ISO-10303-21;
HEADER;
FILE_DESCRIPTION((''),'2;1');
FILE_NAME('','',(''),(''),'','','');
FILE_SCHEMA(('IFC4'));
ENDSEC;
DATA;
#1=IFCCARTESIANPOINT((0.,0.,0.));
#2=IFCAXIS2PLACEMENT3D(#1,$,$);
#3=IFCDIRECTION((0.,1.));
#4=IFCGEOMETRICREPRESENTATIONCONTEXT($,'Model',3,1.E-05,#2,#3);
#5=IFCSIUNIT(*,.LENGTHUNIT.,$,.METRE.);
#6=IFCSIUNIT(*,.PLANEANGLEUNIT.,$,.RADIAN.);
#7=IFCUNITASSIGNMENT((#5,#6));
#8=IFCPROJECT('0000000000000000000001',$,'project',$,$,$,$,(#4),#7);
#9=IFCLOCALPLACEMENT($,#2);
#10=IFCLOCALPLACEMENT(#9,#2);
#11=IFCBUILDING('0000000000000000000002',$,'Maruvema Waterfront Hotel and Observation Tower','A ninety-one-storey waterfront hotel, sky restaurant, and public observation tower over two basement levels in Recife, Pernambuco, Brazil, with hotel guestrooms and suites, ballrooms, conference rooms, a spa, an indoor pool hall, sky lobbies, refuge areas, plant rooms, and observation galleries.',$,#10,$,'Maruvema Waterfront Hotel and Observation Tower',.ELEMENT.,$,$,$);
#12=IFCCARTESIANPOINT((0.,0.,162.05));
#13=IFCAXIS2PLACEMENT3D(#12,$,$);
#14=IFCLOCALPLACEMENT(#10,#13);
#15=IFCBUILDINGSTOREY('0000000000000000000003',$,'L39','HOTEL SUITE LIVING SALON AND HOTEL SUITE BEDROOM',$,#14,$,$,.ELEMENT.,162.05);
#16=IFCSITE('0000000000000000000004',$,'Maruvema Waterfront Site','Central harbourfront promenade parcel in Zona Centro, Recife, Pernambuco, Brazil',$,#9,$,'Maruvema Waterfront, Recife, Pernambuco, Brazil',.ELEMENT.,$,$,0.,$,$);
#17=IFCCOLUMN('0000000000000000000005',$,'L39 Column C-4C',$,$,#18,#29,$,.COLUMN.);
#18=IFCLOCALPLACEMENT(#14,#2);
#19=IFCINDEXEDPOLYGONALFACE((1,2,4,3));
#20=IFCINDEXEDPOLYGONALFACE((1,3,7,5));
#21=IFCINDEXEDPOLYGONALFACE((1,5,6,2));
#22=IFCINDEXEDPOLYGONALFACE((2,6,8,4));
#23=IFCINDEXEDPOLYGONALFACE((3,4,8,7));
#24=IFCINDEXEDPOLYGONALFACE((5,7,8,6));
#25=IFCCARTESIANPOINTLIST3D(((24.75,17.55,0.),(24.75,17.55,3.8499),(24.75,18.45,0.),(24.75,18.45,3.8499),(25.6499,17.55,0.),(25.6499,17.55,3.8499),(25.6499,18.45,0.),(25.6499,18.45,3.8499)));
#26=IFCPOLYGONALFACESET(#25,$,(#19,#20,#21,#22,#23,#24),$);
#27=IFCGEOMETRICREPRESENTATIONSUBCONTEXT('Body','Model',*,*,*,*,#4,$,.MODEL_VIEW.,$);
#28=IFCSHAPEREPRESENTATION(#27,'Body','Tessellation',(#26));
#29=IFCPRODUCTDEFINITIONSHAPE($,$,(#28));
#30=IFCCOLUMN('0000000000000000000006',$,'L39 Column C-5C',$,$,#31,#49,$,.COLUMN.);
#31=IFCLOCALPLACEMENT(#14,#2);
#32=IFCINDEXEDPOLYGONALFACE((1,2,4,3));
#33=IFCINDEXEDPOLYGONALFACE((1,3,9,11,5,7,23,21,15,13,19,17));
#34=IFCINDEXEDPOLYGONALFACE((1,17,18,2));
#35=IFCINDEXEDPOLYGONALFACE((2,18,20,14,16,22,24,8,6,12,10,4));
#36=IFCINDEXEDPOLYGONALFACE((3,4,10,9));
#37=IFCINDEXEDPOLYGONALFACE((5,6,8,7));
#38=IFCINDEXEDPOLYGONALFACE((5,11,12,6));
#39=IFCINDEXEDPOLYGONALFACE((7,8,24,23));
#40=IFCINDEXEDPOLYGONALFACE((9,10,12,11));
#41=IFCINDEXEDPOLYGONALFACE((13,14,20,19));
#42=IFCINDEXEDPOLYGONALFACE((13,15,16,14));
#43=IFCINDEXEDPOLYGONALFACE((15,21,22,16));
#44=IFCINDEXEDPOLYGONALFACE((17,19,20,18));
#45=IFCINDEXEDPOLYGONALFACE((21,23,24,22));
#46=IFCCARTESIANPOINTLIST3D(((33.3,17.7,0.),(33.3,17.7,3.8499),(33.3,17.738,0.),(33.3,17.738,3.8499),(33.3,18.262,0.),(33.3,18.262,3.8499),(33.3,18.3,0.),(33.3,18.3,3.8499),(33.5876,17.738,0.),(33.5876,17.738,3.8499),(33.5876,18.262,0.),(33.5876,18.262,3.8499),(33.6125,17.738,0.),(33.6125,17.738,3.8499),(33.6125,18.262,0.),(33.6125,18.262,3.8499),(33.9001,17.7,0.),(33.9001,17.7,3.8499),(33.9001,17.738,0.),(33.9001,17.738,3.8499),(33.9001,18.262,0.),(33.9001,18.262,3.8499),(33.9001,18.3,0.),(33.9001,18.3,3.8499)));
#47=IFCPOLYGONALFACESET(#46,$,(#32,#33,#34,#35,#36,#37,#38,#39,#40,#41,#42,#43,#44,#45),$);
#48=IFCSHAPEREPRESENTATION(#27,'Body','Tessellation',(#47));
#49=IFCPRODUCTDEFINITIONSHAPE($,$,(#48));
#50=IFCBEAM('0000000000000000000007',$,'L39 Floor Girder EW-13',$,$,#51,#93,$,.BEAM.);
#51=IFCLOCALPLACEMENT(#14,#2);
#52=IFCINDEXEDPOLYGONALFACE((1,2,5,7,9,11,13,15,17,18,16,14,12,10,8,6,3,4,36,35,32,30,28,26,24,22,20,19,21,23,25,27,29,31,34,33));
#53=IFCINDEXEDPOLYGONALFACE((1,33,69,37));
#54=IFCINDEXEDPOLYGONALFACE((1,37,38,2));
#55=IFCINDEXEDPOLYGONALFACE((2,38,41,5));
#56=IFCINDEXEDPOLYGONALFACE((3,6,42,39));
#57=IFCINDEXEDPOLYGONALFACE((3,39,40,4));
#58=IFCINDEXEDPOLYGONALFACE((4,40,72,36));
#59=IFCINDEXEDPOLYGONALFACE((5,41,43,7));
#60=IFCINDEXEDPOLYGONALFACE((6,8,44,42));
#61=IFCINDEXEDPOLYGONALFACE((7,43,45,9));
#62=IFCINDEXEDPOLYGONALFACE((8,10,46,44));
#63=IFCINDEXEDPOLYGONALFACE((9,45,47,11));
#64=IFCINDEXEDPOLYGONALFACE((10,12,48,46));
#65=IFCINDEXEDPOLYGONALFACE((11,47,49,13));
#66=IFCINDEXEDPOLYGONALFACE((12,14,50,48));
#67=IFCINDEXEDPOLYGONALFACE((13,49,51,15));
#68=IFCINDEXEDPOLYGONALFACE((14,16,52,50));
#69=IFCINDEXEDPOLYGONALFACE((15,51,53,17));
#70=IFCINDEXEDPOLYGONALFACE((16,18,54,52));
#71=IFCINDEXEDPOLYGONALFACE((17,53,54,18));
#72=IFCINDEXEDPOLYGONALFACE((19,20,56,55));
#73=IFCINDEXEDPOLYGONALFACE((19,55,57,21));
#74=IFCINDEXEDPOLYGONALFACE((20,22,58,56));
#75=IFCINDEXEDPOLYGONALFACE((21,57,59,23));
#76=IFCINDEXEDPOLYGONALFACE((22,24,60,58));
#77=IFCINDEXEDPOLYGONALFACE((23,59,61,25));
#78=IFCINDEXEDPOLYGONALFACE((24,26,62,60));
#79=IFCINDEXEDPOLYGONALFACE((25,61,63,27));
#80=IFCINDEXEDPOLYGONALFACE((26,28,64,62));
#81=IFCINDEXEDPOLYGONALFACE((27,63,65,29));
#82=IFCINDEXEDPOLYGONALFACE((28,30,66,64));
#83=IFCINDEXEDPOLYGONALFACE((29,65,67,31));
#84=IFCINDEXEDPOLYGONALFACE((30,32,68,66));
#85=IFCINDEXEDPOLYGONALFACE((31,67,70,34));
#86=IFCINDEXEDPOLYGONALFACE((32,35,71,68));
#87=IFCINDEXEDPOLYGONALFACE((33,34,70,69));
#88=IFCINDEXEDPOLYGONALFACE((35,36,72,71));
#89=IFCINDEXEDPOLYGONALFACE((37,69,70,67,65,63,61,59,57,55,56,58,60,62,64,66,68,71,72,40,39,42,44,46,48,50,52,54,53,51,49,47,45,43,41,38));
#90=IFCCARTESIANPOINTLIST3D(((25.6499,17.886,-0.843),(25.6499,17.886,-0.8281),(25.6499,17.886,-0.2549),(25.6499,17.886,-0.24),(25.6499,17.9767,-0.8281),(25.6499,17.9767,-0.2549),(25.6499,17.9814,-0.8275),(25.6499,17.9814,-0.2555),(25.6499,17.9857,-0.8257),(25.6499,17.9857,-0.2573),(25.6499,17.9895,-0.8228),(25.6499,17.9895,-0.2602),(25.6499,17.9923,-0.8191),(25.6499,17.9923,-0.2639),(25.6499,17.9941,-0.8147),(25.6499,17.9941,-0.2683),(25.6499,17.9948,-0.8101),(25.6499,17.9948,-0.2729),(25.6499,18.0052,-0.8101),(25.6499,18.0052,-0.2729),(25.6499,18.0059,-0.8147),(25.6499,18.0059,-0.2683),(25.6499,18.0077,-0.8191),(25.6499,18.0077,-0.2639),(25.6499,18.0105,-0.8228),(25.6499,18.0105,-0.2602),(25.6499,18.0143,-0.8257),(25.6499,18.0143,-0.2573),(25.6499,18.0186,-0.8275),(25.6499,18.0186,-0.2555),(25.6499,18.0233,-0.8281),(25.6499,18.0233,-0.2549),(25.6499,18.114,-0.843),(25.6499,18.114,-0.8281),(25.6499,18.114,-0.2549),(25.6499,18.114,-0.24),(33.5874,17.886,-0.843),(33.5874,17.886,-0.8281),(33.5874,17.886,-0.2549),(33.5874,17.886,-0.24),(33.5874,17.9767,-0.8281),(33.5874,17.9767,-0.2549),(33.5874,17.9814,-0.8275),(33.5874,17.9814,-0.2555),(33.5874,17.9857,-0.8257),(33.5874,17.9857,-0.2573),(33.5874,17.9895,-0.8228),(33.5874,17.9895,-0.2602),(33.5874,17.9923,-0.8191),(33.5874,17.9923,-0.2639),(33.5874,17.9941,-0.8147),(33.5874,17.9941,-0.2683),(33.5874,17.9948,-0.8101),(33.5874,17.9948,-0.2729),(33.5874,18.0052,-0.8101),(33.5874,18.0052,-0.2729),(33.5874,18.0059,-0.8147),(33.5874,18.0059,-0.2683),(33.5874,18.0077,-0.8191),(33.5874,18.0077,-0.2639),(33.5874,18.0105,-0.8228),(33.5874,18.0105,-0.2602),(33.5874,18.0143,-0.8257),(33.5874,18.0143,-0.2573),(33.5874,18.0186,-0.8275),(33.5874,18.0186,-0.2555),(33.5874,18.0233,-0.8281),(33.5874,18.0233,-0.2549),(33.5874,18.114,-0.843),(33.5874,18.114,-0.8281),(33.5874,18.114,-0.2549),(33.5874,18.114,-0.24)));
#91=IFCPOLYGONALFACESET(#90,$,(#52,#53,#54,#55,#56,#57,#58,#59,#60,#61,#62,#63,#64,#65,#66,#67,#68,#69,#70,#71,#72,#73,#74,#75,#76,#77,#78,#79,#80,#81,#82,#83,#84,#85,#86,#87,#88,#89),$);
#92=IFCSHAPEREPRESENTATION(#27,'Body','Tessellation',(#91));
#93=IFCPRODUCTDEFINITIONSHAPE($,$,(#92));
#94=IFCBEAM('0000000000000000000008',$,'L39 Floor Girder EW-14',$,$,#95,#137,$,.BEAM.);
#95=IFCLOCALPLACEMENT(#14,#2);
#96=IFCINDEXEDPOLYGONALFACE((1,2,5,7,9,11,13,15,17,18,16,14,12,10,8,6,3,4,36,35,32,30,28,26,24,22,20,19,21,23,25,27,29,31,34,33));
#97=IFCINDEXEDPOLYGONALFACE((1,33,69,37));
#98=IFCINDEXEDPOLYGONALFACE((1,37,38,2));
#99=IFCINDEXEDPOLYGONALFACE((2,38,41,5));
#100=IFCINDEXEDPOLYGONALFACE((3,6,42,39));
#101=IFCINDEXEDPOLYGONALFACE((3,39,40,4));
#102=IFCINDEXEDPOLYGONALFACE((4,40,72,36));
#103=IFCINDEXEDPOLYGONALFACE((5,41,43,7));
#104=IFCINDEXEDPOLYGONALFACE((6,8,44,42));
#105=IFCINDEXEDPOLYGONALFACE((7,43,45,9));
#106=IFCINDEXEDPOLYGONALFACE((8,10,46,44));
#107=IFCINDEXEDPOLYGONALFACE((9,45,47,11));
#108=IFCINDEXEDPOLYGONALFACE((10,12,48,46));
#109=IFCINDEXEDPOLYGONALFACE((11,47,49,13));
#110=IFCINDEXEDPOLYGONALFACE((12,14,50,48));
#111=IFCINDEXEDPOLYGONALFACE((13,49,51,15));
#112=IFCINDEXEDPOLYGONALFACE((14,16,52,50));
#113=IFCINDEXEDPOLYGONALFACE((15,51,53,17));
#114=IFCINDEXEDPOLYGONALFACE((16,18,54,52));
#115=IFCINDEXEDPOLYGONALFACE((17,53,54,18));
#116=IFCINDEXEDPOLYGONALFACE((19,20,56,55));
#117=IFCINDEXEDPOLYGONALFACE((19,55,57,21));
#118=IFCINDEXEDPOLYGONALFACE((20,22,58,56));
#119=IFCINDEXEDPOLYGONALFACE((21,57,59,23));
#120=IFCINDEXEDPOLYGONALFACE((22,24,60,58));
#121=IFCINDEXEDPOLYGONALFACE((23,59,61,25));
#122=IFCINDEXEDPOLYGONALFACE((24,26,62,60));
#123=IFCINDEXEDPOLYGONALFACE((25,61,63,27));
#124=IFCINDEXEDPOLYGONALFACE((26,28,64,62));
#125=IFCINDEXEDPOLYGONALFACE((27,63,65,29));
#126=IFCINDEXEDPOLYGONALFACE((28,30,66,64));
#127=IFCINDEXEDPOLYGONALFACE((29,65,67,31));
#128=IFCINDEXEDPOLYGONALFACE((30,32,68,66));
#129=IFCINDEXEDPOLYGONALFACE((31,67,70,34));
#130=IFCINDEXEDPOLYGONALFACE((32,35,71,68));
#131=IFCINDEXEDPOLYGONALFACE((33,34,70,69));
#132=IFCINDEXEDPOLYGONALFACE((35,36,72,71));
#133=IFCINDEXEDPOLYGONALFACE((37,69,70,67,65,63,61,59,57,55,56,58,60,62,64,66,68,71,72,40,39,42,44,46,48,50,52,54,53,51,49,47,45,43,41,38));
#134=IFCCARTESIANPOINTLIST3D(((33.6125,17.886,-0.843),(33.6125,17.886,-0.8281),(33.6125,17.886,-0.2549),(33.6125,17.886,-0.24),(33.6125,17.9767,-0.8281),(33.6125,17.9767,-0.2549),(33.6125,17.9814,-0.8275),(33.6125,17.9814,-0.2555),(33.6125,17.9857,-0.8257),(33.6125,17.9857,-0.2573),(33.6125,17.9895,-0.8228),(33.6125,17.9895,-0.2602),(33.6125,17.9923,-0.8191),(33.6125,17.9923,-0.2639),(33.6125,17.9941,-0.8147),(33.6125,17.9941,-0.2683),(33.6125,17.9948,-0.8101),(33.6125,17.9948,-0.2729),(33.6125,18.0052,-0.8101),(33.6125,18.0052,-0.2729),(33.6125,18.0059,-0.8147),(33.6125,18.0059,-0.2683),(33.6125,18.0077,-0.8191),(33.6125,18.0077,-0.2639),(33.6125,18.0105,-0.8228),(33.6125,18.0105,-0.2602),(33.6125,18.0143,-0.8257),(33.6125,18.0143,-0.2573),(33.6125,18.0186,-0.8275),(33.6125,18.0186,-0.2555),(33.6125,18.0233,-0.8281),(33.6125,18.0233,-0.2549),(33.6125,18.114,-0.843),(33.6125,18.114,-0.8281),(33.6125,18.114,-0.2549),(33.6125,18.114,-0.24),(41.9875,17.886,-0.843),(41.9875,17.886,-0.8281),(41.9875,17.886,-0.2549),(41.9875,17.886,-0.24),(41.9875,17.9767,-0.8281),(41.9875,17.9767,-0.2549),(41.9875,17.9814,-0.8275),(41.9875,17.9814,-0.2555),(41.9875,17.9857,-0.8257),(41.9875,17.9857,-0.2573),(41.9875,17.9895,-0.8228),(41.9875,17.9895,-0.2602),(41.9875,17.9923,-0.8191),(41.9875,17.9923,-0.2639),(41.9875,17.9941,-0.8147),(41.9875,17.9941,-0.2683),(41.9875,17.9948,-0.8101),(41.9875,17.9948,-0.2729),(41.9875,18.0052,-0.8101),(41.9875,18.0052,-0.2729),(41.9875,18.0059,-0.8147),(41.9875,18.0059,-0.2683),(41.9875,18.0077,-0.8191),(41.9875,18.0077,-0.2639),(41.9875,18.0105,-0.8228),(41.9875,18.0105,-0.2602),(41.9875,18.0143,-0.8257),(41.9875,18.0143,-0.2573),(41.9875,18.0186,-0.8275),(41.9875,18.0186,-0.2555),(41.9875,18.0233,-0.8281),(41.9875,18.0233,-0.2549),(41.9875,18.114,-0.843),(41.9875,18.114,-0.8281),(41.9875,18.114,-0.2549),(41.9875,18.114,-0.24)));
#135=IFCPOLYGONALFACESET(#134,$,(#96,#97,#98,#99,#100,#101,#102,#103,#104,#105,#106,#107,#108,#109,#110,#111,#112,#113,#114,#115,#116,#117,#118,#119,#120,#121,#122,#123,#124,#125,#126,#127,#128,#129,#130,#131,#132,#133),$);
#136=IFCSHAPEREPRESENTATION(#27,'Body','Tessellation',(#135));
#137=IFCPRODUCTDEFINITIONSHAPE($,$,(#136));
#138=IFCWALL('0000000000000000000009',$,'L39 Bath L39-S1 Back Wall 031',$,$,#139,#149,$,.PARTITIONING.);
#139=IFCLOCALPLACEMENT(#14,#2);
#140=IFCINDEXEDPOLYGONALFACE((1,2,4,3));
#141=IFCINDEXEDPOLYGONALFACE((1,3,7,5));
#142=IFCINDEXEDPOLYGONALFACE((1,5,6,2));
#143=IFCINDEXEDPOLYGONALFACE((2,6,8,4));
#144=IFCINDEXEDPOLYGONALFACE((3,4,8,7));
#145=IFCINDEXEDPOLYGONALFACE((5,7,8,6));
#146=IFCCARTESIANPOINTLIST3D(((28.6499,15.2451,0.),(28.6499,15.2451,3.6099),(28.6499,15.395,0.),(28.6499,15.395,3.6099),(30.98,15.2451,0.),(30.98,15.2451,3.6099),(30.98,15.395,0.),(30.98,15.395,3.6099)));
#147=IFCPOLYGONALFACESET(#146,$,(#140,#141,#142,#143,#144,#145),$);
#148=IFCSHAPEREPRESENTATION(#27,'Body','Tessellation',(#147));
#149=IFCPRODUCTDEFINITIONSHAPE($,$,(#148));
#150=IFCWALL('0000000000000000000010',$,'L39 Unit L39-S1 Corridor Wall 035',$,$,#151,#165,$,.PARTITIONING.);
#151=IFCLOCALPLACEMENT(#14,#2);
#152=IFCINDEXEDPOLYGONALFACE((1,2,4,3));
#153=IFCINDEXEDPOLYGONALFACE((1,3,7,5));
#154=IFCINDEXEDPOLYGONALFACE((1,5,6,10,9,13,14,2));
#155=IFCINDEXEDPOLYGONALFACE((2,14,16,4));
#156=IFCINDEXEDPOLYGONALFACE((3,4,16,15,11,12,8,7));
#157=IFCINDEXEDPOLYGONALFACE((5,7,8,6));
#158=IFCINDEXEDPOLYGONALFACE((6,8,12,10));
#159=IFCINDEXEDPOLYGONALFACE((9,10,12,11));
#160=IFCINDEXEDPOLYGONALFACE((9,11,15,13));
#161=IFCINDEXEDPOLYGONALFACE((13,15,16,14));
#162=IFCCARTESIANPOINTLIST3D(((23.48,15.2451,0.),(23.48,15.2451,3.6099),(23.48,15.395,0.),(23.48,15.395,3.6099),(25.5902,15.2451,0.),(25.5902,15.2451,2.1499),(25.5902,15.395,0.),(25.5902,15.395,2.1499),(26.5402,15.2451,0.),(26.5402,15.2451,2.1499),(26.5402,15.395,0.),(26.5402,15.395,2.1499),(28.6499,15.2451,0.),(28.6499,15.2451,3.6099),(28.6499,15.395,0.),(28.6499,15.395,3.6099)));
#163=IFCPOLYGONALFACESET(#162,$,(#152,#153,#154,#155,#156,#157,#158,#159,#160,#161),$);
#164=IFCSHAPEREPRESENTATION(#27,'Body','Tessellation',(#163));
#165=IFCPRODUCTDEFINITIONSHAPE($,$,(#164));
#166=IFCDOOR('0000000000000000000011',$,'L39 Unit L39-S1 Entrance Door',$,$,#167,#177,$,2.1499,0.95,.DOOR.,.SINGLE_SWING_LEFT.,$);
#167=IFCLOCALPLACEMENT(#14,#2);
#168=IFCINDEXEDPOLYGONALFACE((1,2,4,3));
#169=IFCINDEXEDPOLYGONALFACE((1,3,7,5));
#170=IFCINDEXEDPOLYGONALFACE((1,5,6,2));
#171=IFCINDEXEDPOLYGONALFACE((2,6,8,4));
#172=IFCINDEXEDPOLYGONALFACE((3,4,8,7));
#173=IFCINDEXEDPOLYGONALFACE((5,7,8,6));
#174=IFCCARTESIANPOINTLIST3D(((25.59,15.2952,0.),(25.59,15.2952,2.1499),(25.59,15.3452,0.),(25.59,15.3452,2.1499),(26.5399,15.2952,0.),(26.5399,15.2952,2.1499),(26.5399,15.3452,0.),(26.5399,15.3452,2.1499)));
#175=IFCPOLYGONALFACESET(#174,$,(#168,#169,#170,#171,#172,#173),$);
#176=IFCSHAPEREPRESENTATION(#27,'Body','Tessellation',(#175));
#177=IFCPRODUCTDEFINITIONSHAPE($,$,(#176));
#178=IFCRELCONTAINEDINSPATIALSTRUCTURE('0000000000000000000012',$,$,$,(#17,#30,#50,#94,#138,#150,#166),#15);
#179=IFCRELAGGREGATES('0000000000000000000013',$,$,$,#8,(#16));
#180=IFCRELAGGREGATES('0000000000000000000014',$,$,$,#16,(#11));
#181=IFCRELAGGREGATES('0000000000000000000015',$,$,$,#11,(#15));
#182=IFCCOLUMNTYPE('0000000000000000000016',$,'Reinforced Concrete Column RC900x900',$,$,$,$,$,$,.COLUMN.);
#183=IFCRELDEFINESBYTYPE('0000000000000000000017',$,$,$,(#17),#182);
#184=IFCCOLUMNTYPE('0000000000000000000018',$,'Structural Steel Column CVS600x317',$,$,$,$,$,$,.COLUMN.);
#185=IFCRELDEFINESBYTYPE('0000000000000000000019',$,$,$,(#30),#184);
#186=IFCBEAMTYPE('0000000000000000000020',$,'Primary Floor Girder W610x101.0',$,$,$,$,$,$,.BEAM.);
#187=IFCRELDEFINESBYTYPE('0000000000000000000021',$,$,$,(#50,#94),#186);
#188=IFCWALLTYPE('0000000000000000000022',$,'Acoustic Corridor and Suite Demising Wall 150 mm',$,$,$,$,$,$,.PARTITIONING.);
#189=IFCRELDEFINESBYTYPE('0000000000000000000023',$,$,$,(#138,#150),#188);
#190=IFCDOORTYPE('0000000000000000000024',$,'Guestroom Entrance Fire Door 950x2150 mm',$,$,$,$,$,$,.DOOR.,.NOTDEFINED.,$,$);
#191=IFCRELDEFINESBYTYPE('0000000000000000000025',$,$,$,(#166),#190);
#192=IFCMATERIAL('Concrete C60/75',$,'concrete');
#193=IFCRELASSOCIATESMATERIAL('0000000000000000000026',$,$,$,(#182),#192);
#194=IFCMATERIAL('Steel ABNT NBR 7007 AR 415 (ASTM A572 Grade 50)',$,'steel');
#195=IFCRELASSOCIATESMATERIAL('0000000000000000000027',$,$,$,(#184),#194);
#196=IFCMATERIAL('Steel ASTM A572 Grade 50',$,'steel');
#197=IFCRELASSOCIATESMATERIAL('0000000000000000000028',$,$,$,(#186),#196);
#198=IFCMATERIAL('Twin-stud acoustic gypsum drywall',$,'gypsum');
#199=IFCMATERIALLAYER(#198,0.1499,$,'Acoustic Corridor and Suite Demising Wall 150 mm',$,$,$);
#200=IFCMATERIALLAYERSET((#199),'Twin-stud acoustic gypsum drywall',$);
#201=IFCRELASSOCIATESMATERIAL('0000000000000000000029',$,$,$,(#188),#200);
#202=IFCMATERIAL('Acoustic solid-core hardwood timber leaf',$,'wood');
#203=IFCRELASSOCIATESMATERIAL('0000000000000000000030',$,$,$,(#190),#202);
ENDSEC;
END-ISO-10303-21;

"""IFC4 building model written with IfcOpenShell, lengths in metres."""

from ifc_helpers import new_model, si_unit, direction, frame, frame_2d, origin, origin_2d, place, context, subcontext, project, spatial, rectangle, i_section, extrude, material, layer, layer_set, material_profile, profile_set, type_object, element, fill, save


model = new_model("IFC4")

# Units and contexts
model_context = context("Model", 3, precision=1e-05, world=origin(), true_north=direction((0.0, 1.0)))
body_context = subcontext(model_context, "Body", "Model", "MODEL_VIEW")
ifc_project = project(units=[si_unit("LENGTHUNIT", "METRE"), si_unit("PLANEANGLEUNIT", "RADIAN")], contexts=[model_context])

# Site, building, storey
site_placement = place(None, origin())
site = spatial("IfcSite", under=ifc_project, at=site_placement, Name="Maruvema Waterfront Site", Description="Central harbourfront promenade parcel in Zona Centro, Recife, Pernambuco, Brazil", LongName="Maruvema Waterfront, Recife, Pernambuco, Brazil", CompositionType="ELEMENT", RefElevation=0.0)
building_placement = place(site_placement, origin())
building = spatial("IfcBuilding", under=site, at=building_placement, Name="Maruvema Waterfront Hotel and Observation Tower", Description="A ninety-one-storey waterfront hotel, sky restaurant, and public observation tower over two basement levels in Recife, Pernambuco, Brazil, with hotel guestrooms and suites, ballrooms, conference rooms, a spa, an indoor pool hall, sky lobbies, refuge areas, plant rooms, and observation galleries.", LongName="Maruvema Waterfront Hotel and Observation Tower", CompositionType="ELEMENT")
storey_placement = place(building_placement, frame((0.0, 0.0, 162.05)))
storey = spatial("IfcBuildingStorey", under=building, at=storey_placement, Name="L39", Description="HOTEL SUITE LIVING SALON AND HOTEL SUITE BEDROOM", CompositionType="ELEMENT", Elevation=162.05)

# Columns
ifc_material_1 = material(Name="Concrete C60/75", Category="concrete")
ifc_material_profile_1 = material_profile(ifc_material_1, rectangle(XDim=0.8999, YDim=0.8999, at=origin_2d()), Name="RC900x900")
ifc_profile_set_1 = profile_set([ifc_material_profile_1], Name="Concrete C60/75")
column_type_1 = type_object("IfcColumnType", Name="Reinforced Concrete Column RC900x900", PredefinedType="COLUMN", material=ifc_profile_set_1)
column_1_placement = place(storey_placement, frame((25.2, 18.0, 0.0), z_axis=(0.0, 0.0, 1.0), x_axis=(1.0, 0.0, 0.0)))
element("IfcColumn", 1, at=column_1_placement, inside=storey, type_object=column_type_1, Name="L39 Column C-4C", PredefinedType="COLUMN", context=body_context, shape_type="SweptSolid", body=[
    extrude(rectangle(XDim=0.8999, YDim=0.8999, at=origin_2d()), origin(), (0.0, 0.0, 1.0), 3.8499),
])
ifc_material_2 = material(Name="Steel ABNT NBR 7007 AR 415 (ASTM A572 Grade 50)", Category="steel")
ifc_material_profile_2 = material_profile(ifc_material_2, i_section(OverallWidth=0.6001, OverallDepth=0.6001, WebThickness=0.0249, FlangeThickness=0.0381, at=origin_2d()), Name="CVS600x317")
ifc_profile_set_2 = profile_set([ifc_material_profile_2], Name="Steel ABNT NBR 7007 AR 415 (ASTM A572 Grade 50)")
column_type_2 = type_object("IfcColumnType", Name="Structural Steel Column CVS600x317", PredefinedType="COLUMN", material=ifc_profile_set_2)
column_2_placement = place(storey_placement, frame((33.6001, 18.0, 0.0), z_axis=(0.0, 0.0, 1.0), x_axis=(1.0, 0.0, 0.0)))
element("IfcColumn", 2, at=column_2_placement, inside=storey, type_object=column_type_2, Name="L39 Column C-5C", PredefinedType="COLUMN", context=body_context, shape_type="SweptSolid", body=[
    extrude(i_section(OverallWidth=0.6001, OverallDepth=0.6001, WebThickness=0.0249, FlangeThickness=0.0381, at=origin_2d()), origin(), (0.0, 0.0, 1.0), 3.8499),
])

# Beams
ifc_material_3 = material(Name="Steel ASTM A572 Grade 50", Category="steel")
ifc_material_profile_3 = material_profile(ifc_material_3, i_section(OverallWidth=0.228, OverallDepth=0.603, WebThickness=0.0105, FlangeThickness=0.0149, FilletRadius=0.0181, at=origin_2d()), Name="W610x101.0")
ifc_profile_set_3 = profile_set([ifc_material_profile_3], Name="Steel ASTM A572 Grade 50")
beam_type = type_object("IfcBeamType", Name="Primary Floor Girder W610x101.0", PredefinedType="BEAM", material=ifc_profile_set_3)
beam_1_placement = place(storey_placement, frame((25.6499, 18.0, -0.5415), z_axis=(1.0, 0.0, 0.0), x_axis=(0.0, 1.0, 0.0)))
element("IfcBeam", 3, at=beam_1_placement, inside=storey, type_object=beam_type, Name="L39 Floor Girder EW-13", PredefinedType="BEAM", context=body_context, shape_type="SweptSolid", body=[
    extrude(i_section(OverallWidth=0.228, OverallDepth=0.603, WebThickness=0.0105, FlangeThickness=0.0149, FilletRadius=0.0181, at=origin_2d()), origin(), (0.0, 0.0, 1.0), 7.9375),
])
beam_2_placement = place(storey_placement, frame((33.6125, 18.0, -0.5415), z_axis=(1.0, 0.0, 0.0), x_axis=(0.0, 1.0, 0.0)))
element("IfcBeam", 4, at=beam_2_placement, inside=storey, type_object=beam_type, Name="L39 Floor Girder EW-14", PredefinedType="BEAM", context=body_context, shape_type="SweptSolid", body=[
    extrude(i_section(OverallWidth=0.228, OverallDepth=0.603, WebThickness=0.0105, FlangeThickness=0.0149, FilletRadius=0.0181, at=origin_2d()), origin(), (0.0, 0.0, 1.0), 8.375),
])

# Wall
ifc_material_4 = material(Name="Twin-stud acoustic gypsum drywall", Category="gypsum")
ifc_layer_1 = layer(ifc_material_4, 0.1499, Name="Acoustic Corridor and Suite Demising Wall 150 mm")
ifc_layer_set_1 = layer_set([ifc_layer_1], Name="Twin-stud acoustic gypsum drywall")
wall_type_1 = type_object("IfcWallType", Name="Acoustic Corridor and Suite Demising Wall 150 mm", PredefinedType="PARTITIONING", material=ifc_layer_set_1)
wall_1_placement = place(storey_placement, frame((28.6499, 15.3201, 0.0), z_axis=(0.0, 0.0, 1.0), x_axis=(1.0, 0.0, 0.0)))
element("IfcWall", 5, at=wall_1_placement, inside=storey, type_object=wall_type_1, Name="L39 Bath L39-S1 Back Wall 031", PredefinedType="PARTITIONING", context=body_context, shape_type="SweptSolid", body=[
    extrude(rectangle(XDim=2.3301, YDim=0.1499, at=frame_2d((1.165, 0.0))), origin(), (0.0, 0.0, 1.0), 3.6099),
])

# Wall, opening, door
wall_2_placement = place(storey_placement, frame((23.48, 15.3201, 0.0), z_axis=(0.0, 0.0, 1.0), x_axis=(1.0, 0.0, 0.0)))
wall_2 = element("IfcWall", 6, at=wall_2_placement, inside=storey, type_object=wall_type_1, Name="L39 Unit L39-S1 Corridor Wall 035", PredefinedType="PARTITIONING", context=body_context, shape_type="SweptSolid", body=[
    extrude(rectangle(XDim=5.1699, YDim=0.1499, at=frame_2d((2.585, 0.0))), origin(), (0.0, 0.0, 1.0), 3.6099),
])
opening_1_placement = place(wall_2_placement, frame((2.1101, 0.0, 0.0)))
opening_1 = element("IfcOpeningElement", 7, at=opening_1_placement, cuts=wall_2, PredefinedType="OPENING", context=body_context, shape_type="SweptSolid", body=[
    extrude(rectangle(XDim=0.95, YDim=2.1499, at=frame_2d((0.4751, 1.075))), frame((0.0, 0.085, 0.0), z_axis=(0.0, -1.0, 0.0), x_axis=(1.0, 0.0, 0.0)), (0.0, 0.0, 1.0), 0.1699),
])
ifc_material_5 = material(Name="Acoustic solid-core hardwood timber leaf", Category="wood")
door_type_1 = type_object("IfcDoorType", Name="Guestroom Entrance Fire Door 950x2150 mm", OperationType="NOTDEFINED", PredefinedType="DOOR", material=ifc_material_5)
door_1_placement = place(opening_1_placement, frame((0.95, 0.0, 0.0), z_axis=(0.0, 0.0, 1.0), x_axis=(-1.0, 0.0, 0.0)))
door_1 = element("IfcDoor", 8, at=door_1_placement, inside=storey, type_object=door_type_1, Name="L39 Unit L39-S1 Entrance Door", OperationType="SINGLE_SWING_LEFT", OverallHeight=2.1499, OverallWidth=0.95, PredefinedType="DOOR", context=body_context, shape_type="SweptSolid", body=[
    extrude(rectangle(XDim=0.95, YDim=2.1499, at=frame_2d((0.4751, 1.075))), frame((0.0, 0.0249, 0.0), z_axis=(0.0, -1.0, 0.0), x_axis=(1.0, 0.0, 0.0)), (0.0, 0.0, 1.0), 0.05),
])
fill(opening_1, door_1)

save(model, "model.ifc")
